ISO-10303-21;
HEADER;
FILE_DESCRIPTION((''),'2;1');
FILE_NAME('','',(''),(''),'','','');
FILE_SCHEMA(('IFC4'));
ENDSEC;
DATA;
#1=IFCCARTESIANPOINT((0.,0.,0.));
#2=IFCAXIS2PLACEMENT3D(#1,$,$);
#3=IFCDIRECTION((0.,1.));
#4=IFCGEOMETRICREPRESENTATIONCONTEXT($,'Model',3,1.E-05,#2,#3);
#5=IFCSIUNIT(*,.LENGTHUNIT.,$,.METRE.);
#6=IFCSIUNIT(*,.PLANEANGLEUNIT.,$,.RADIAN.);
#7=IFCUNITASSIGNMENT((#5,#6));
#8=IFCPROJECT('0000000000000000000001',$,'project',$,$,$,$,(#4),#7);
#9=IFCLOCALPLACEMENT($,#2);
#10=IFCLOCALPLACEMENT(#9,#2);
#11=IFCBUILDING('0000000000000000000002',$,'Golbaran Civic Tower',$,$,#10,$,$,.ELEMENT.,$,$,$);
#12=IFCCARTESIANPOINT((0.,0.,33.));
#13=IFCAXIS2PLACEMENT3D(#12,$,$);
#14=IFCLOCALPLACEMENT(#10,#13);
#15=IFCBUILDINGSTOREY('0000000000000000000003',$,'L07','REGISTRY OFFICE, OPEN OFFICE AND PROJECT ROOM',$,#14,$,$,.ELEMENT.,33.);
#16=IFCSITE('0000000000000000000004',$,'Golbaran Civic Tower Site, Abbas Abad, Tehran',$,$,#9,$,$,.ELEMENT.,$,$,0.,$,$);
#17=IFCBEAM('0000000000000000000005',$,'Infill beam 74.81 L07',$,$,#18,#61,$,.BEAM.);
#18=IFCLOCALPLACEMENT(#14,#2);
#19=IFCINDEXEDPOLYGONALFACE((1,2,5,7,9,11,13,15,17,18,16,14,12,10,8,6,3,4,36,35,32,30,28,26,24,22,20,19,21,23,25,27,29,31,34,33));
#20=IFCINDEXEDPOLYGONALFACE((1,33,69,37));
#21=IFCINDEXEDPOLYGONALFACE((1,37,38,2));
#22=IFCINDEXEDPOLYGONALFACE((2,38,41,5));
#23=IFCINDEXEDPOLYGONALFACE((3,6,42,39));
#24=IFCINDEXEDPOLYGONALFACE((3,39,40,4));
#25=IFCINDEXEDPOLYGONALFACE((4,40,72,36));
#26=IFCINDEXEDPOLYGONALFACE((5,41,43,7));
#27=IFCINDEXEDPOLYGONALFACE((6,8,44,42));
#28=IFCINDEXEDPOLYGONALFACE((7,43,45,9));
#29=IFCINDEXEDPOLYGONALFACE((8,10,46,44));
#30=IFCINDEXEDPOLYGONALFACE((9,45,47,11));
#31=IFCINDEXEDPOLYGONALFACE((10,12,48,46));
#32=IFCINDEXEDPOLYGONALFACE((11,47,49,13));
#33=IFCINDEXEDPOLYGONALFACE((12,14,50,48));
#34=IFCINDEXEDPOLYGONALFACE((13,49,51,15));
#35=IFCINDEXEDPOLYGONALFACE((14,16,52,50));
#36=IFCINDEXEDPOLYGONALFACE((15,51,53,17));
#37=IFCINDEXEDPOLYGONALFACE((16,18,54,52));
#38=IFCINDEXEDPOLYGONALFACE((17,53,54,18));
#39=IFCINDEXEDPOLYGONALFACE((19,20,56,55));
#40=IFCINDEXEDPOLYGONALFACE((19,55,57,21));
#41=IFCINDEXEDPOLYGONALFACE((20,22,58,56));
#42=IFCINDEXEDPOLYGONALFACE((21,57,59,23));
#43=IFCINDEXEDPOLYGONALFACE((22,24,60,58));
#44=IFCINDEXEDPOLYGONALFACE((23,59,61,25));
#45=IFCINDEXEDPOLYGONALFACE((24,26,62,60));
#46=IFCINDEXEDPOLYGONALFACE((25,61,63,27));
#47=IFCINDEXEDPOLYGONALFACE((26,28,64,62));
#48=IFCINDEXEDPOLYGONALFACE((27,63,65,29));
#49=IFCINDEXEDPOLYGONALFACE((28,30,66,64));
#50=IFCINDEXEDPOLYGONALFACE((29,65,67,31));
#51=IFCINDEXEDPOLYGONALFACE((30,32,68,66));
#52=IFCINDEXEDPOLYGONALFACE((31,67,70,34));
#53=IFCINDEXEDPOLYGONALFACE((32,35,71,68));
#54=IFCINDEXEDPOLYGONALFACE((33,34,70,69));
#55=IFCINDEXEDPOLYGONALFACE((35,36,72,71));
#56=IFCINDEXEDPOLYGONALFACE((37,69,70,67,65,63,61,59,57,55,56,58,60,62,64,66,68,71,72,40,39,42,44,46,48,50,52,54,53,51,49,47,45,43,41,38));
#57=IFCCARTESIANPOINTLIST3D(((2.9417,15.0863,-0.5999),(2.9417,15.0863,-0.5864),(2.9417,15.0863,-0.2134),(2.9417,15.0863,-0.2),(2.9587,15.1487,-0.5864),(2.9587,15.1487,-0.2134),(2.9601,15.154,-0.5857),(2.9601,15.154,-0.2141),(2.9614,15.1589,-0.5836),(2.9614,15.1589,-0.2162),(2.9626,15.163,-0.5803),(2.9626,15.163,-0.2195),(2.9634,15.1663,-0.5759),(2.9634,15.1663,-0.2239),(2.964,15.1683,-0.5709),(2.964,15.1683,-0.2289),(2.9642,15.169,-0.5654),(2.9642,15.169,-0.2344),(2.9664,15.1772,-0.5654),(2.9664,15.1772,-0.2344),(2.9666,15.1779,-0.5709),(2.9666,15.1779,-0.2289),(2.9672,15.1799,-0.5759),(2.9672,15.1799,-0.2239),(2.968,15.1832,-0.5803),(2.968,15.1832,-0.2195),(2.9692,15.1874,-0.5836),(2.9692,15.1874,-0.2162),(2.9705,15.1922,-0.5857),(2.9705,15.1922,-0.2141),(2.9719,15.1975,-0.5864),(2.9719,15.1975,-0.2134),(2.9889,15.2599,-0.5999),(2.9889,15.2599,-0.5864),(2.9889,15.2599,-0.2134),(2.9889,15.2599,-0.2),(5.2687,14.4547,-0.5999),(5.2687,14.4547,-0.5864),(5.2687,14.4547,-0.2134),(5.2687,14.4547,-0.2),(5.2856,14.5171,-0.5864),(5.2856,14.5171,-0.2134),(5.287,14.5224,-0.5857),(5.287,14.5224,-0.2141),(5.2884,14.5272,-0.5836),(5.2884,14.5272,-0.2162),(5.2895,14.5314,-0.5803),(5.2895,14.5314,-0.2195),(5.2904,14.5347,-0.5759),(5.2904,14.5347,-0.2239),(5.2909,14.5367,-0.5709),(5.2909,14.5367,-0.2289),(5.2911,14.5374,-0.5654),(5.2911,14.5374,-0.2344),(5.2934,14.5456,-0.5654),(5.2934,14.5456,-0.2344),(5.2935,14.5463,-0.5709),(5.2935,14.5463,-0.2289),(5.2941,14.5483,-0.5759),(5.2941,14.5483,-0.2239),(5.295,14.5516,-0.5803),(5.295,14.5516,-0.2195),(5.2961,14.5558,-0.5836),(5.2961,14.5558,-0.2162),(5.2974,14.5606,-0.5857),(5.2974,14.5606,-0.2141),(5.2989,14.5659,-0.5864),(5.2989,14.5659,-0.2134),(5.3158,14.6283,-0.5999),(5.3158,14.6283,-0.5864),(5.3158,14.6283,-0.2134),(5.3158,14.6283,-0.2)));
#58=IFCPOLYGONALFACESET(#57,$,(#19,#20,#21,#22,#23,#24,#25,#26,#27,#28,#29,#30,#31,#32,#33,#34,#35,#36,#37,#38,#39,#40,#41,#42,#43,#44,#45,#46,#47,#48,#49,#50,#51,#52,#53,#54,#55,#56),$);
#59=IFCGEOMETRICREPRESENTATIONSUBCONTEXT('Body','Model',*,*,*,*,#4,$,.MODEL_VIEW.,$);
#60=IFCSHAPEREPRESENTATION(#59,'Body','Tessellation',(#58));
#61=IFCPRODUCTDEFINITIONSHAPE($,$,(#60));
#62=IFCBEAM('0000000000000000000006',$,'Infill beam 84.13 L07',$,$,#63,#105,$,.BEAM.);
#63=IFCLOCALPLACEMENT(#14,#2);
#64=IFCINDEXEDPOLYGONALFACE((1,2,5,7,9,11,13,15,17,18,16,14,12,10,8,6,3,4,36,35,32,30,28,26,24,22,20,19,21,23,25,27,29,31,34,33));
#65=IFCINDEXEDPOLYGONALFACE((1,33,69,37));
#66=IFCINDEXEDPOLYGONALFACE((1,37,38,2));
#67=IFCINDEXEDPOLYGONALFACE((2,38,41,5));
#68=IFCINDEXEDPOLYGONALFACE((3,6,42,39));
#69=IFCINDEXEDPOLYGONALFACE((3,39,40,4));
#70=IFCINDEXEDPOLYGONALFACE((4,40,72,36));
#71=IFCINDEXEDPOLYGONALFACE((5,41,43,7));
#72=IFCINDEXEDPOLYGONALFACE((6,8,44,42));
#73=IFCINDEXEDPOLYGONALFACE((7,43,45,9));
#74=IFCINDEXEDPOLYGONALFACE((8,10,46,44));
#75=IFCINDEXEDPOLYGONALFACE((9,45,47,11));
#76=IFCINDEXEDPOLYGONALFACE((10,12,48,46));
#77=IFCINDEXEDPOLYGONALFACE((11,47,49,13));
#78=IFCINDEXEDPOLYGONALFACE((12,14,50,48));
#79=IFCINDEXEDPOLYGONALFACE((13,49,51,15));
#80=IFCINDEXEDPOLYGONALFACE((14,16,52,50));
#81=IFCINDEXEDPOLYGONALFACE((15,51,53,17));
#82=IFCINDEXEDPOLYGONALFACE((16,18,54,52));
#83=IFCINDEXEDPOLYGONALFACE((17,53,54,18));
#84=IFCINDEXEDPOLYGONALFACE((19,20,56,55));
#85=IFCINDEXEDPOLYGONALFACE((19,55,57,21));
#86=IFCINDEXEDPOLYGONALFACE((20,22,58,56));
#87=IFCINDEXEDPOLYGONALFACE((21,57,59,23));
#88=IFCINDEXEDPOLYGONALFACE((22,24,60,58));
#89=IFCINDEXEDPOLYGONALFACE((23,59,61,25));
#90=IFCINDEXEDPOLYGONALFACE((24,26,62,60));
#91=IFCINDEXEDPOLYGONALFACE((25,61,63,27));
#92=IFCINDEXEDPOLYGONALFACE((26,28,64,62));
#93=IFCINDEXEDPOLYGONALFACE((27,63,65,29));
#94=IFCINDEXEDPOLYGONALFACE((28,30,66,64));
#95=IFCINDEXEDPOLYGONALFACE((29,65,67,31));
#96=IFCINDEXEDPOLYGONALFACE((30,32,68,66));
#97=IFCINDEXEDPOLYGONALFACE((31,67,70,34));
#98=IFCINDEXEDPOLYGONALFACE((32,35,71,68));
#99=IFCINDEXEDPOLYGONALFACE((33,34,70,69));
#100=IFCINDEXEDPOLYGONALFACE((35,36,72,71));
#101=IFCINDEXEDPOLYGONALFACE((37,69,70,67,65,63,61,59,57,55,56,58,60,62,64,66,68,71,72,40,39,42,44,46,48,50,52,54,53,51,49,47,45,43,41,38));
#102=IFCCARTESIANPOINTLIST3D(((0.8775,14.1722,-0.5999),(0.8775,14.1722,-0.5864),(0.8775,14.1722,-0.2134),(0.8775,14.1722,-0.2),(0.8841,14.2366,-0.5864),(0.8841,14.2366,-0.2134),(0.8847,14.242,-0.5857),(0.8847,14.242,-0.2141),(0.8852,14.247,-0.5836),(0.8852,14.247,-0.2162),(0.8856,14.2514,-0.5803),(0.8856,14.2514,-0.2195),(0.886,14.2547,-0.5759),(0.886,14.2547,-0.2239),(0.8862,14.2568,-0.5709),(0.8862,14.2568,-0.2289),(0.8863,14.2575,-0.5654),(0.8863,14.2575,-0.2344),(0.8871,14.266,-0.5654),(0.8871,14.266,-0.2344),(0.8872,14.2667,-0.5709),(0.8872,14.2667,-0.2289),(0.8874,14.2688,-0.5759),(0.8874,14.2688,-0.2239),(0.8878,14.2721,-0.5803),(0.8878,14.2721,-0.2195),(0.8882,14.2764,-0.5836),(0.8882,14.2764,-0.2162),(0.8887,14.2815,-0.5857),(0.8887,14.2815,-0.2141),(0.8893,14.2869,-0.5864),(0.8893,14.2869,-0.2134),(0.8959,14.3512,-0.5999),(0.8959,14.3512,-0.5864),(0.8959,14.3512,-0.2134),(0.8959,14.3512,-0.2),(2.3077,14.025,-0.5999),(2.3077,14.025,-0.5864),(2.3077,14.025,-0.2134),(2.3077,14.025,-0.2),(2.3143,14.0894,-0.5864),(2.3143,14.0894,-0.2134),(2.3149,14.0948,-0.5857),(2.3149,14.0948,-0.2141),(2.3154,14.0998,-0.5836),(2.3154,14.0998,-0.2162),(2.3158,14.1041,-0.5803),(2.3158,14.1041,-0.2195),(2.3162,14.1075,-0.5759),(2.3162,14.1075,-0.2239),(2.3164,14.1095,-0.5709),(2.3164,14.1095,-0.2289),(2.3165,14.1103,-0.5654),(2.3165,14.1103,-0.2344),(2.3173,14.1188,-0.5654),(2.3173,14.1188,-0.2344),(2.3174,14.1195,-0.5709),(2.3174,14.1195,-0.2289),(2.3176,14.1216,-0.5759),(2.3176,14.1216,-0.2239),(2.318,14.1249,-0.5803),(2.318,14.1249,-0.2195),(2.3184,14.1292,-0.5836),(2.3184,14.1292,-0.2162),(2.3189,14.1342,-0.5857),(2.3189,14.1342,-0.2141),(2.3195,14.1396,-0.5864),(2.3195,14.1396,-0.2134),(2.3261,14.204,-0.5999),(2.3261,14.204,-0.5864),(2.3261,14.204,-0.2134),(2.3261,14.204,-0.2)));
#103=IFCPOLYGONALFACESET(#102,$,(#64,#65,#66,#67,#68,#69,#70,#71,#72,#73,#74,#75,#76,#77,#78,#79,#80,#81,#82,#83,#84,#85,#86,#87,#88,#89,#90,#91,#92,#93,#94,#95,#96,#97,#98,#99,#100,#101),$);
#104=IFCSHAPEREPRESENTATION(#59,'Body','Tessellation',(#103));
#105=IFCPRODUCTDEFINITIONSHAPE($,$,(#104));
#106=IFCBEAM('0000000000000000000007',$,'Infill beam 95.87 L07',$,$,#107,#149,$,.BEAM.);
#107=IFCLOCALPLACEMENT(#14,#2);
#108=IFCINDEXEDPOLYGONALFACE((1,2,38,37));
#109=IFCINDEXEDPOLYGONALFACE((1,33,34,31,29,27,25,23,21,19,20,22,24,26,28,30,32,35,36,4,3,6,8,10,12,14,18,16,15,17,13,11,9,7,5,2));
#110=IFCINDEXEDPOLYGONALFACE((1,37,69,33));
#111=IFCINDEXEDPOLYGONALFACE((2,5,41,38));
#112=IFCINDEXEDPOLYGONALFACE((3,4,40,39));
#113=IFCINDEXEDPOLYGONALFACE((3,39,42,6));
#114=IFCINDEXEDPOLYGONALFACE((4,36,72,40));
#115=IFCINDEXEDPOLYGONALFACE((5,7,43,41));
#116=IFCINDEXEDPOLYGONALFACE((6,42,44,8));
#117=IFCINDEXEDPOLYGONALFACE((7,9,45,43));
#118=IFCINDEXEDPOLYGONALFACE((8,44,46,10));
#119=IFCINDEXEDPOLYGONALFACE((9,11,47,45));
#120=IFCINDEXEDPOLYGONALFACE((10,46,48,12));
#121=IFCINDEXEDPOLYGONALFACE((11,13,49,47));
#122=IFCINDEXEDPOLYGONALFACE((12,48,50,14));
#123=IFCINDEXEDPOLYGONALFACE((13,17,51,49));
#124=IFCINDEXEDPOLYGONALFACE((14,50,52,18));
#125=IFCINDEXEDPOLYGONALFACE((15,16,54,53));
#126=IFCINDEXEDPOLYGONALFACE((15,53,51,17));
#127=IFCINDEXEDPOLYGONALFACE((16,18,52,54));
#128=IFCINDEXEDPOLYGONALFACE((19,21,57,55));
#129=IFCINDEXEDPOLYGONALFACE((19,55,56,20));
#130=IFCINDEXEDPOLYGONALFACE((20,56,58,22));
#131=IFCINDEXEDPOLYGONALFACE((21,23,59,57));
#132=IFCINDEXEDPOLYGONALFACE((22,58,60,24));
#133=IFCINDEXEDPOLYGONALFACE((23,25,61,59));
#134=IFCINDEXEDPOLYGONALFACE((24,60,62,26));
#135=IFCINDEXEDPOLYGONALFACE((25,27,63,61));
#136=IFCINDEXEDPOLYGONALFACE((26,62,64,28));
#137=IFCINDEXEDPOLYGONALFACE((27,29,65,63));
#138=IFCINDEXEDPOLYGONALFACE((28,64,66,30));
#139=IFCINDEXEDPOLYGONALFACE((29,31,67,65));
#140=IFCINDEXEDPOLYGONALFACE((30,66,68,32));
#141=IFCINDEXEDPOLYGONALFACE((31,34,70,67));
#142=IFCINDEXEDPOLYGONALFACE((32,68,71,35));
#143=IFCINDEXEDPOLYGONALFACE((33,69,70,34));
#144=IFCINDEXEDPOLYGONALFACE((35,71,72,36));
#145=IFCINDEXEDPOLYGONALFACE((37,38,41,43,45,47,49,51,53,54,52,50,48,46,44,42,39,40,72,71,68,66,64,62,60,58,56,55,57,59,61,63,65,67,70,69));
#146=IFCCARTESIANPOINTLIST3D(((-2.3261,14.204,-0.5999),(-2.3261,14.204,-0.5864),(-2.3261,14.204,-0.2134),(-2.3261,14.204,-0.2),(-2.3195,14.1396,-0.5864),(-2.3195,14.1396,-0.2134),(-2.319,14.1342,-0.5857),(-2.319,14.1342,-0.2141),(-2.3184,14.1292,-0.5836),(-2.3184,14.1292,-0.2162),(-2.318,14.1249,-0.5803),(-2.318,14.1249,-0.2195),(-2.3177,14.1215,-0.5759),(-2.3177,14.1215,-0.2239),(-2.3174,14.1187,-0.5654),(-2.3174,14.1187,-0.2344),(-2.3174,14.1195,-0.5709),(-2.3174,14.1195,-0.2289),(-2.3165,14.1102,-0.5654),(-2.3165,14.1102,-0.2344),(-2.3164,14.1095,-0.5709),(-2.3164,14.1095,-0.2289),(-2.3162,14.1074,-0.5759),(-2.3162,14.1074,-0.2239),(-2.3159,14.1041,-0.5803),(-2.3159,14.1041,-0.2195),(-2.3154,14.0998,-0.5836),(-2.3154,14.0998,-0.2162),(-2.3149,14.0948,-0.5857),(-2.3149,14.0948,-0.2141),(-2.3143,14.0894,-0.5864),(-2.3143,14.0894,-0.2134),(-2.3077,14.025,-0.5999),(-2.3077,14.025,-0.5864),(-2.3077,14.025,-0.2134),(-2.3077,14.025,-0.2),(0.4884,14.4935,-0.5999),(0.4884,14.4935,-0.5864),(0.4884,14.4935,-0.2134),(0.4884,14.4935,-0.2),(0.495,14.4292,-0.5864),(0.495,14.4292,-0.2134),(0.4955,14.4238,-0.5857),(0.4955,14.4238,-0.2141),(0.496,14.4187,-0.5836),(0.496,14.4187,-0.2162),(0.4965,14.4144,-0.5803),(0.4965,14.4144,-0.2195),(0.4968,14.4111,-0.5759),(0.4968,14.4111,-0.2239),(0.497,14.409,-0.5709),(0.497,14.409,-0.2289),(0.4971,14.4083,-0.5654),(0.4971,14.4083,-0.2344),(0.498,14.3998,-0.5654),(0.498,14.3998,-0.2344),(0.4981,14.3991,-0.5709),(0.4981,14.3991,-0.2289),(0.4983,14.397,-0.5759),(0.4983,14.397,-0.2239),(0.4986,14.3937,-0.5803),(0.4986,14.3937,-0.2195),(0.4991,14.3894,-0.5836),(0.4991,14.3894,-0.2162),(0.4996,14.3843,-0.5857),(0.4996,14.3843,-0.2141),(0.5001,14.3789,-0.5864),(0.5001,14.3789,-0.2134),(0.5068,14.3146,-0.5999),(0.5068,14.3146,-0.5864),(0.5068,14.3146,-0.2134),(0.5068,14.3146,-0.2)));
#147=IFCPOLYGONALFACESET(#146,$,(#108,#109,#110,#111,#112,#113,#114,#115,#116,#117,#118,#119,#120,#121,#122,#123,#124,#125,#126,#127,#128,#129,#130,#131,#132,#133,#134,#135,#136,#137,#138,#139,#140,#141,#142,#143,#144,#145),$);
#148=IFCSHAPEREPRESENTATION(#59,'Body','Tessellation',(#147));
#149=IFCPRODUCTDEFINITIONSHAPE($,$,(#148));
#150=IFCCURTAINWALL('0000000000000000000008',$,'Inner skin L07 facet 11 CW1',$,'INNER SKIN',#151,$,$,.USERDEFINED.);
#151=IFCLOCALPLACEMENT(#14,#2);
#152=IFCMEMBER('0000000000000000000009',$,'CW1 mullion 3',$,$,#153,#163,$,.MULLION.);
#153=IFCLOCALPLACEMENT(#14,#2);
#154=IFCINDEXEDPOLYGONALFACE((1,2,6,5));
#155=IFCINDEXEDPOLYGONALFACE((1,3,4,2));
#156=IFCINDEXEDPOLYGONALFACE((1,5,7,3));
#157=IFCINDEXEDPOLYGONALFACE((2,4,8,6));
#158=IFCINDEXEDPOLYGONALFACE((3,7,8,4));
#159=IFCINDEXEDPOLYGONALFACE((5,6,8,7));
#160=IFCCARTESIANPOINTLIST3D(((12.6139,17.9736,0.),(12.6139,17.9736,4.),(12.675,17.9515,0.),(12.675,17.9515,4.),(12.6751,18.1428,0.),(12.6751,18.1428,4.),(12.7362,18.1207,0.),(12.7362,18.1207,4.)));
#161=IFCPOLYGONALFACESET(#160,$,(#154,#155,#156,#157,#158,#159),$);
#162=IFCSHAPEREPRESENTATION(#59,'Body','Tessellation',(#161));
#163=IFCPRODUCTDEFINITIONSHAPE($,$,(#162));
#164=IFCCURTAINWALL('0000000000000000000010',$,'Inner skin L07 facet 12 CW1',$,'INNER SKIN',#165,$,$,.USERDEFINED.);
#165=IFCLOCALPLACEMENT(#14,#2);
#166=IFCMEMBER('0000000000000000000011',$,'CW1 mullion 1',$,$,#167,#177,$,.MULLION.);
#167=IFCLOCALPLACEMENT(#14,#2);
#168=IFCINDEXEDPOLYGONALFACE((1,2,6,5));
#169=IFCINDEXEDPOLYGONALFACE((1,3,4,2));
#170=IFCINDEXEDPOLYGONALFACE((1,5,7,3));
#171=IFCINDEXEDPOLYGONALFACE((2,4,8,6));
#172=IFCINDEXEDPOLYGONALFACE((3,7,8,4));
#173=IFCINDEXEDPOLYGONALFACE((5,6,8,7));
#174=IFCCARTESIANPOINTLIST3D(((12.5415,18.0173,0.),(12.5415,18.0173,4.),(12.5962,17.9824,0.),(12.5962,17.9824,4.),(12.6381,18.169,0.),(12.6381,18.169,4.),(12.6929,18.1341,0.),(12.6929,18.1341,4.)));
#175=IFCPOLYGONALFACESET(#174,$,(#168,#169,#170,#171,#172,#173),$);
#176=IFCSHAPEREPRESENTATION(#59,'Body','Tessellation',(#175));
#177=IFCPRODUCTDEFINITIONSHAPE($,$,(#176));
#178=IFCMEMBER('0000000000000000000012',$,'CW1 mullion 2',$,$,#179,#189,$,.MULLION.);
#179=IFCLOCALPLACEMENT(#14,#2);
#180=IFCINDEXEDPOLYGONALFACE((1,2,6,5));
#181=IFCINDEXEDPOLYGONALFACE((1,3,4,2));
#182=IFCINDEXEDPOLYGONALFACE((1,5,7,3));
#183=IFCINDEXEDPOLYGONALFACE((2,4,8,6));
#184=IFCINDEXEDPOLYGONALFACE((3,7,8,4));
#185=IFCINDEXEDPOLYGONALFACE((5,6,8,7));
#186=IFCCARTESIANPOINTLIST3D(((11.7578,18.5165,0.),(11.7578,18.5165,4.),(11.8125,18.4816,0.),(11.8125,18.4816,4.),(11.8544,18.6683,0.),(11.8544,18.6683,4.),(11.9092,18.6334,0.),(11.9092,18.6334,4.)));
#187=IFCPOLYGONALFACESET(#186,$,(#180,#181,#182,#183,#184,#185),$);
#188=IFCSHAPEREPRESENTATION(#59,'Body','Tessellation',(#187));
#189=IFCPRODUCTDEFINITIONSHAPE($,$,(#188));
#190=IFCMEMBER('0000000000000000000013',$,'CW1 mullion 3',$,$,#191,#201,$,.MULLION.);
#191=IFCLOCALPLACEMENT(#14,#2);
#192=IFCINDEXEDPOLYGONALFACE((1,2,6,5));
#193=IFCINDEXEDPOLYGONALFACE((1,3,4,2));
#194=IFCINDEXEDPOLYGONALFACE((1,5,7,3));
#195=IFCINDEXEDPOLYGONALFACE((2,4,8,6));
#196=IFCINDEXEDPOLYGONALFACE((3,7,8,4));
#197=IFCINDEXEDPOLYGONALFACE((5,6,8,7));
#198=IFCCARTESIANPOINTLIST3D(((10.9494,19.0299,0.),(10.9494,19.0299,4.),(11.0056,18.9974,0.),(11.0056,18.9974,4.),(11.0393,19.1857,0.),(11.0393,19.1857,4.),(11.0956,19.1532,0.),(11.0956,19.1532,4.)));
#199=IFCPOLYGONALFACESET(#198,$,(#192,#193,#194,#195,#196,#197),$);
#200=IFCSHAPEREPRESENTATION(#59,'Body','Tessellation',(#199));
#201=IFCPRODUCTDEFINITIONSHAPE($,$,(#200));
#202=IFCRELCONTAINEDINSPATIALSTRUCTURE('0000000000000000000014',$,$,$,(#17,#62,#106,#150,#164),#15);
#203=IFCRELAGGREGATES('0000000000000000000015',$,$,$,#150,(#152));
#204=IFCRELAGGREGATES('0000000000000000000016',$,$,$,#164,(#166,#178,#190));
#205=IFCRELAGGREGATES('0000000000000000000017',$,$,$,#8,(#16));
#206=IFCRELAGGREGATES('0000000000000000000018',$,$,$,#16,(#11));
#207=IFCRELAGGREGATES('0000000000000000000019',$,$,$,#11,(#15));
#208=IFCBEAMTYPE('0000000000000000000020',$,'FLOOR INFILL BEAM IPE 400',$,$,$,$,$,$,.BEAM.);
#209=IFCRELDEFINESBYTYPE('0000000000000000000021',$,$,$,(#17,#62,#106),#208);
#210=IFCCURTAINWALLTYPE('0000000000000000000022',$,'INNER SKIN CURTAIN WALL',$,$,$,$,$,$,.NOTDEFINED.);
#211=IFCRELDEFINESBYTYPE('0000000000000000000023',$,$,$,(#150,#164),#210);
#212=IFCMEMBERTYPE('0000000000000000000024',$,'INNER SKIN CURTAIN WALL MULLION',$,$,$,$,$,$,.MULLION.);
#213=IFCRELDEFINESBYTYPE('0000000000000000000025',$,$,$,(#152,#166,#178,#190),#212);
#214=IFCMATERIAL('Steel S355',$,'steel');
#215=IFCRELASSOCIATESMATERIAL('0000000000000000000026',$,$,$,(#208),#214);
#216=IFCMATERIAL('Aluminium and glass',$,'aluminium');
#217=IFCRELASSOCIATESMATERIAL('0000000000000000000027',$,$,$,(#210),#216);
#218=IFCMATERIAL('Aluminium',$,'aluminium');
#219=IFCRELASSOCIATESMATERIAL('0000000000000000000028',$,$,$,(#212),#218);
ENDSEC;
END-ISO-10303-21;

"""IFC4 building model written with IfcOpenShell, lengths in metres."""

from ifc_helpers import new_model, si_unit, direction, frame, origin, origin_2d, place, context, subcontext, project, spatial, rectangle, i_section, extrude, material, material_profile, profile_set, type_object, element, aggregate, save


model = new_model("IFC4")

# Units and contexts
model_context = context("Model", 3, precision=1e-05, world=origin(), true_north=direction((0.0, 1.0)))
body_context = subcontext(model_context, "Body", "Model", "MODEL_VIEW")
ifc_project = project(units=[si_unit("LENGTHUNIT", "METRE"), si_unit("PLANEANGLEUNIT", "RADIAN")], contexts=[model_context])

# Site, building, storey
site_placement = place(None, origin())
site = spatial("IfcSite", under=ifc_project, at=site_placement, Name="Golbaran Civic Tower Site, Abbas Abad, Tehran", CompositionType="ELEMENT", RefElevation=0.0)
building_placement = place(site_placement, origin())
building = spatial("IfcBuilding", under=site, at=building_placement, Name="Golbaran Civic Tower", CompositionType="ELEMENT")
storey_placement = place(building_placement, frame((0.0, 0.0, 33.0)))
storey = spatial("IfcBuildingStorey", under=building, at=storey_placement, Name="L07", Description="REGISTRY OFFICE, OPEN OFFICE AND PROJECT ROOM", CompositionType="ELEMENT", Elevation=33.0)

# Beams
ifc_material_1 = material(Name="Steel S355", Category="steel")
ifc_material_profile_1 = material_profile(ifc_material_1, i_section(OverallWidth=0.1799, OverallDepth=0.3999, WebThickness=0.0085, FlangeThickness=0.0134, FilletRadius=0.021, at=origin_2d()), Name="IPE 400")
ifc_profile_set_1 = profile_set([ifc_material_profile_1], Name="Steel S355")
beam_type_1 = type_object("IfcBeamType", Name="FLOOR INFILL BEAM IPE 400", PredefinedType="BEAM", material=ifc_profile_set_1)
beam_1_placement = place(storey_placement, frame((5.2922, 14.5415, -0.3999), z_axis=(-0.965081, 0.261952, 0.0), x_axis=(-0.261952, -0.965081, 0.0)))
element("IfcBeam", 1, at=beam_1_placement, inside=storey, type_object=beam_type_1, Name="Infill beam 74.81 L07", PredefinedType="BEAM", context=body_context, shape_type="SweptSolid", body=[
    extrude(i_section(OverallWidth=0.1799, OverallDepth=0.3999, WebThickness=0.0085, FlangeThickness=0.0134, FilletRadius=0.021, at=origin_2d()), origin(), (0.0, 0.0, 1.0), 2.4111),
])
beam_2_placement = place(storey_placement, frame((2.3169, 14.1145, -0.3999), z_axis=(-0.994744, 0.102395, 0.0), x_axis=(-0.102395, -0.994744, 0.0)))
element("IfcBeam", 2, at=beam_2_placement, inside=storey, type_object=beam_type_1, Name="Infill beam 84.13 L07", PredefinedType="BEAM", context=body_context, shape_type="SweptSolid", body=[
    extrude(i_section(OverallWidth=0.1799, OverallDepth=0.3999, WebThickness=0.0085, FlangeThickness=0.0134, FilletRadius=0.021, at=origin_2d()), origin(), (0.0, 0.0, 1.0), 1.4377),
])
beam_3_placement = place(storey_placement, frame((0.4976, 14.4041, -0.3999), z_axis=(-0.99475, -0.10234, 0.0), x_axis=(0.10234, -0.99475, 0.0)))
element("IfcBeam", 3, at=beam_3_placement, inside=storey, type_object=beam_type_1, Name="Infill beam 95.87 L07", PredefinedType="BEAM", context=body_context, shape_type="SweptSolid", body=[
    extrude(i_section(OverallWidth=0.1799, OverallDepth=0.3999, WebThickness=0.0085, FlangeThickness=0.0134, FilletRadius=0.021, at=origin_2d()), origin(), (0.0, 0.0, 1.0), 2.8293),
])

# Curtain wall, member
ifc_material_2 = material(Name="Aluminium and glass", Category="aluminium")
curtain_wall_type = type_object("IfcCurtainWallType", Name="INNER SKIN CURTAIN WALL", PredefinedType="NOTDEFINED", material=ifc_material_2)
curtain_wall_1_placement = place(storey_placement, origin())
curtain_wall_1 = element("IfcCurtainWall", 4, at=curtain_wall_1_placement, inside=storey, type_object=curtain_wall_type, Name="Inner skin L07 facet 11 CW1", ObjectType="INNER SKIN", PredefinedType="USERDEFINED")
ifc_material_3 = material(Name="Aluminium", Category="aluminium")
ifc_material_profile_2 = material_profile(ifc_material_3, rectangle(XDim=0.1799, YDim=0.0649, at=origin_2d()), Name="INNER SKIN CURTAIN WALL MULLION")
ifc_profile_set_2 = profile_set([ifc_material_profile_2], Name="Aluminium")
member_type_1 = type_object("IfcMemberType", Name="INNER SKIN CURTAIN WALL MULLION", PredefinedType="MULLION", material=ifc_profile_set_2)
member_1_placement = place(storey_placement, frame((12.675, 18.0471, 0.0), z_axis=(0.0, 0.0, 1.0), x_axis=(-0.340045, -0.940409, 0.0)))
member_1 = element("IfcMember", 5, at=member_1_placement, type_object=member_type_1, Name="CW1 mullion 3", PredefinedType="MULLION", context=body_context, shape_type="SweptSolid", body=[
    extrude(rectangle(XDim=0.1799, YDim=0.0649, at=origin_2d()), origin(), (0.0, 0.0, 1.0), 4.0),
])

# Curtain wall, members
curtain_wall_2_placement = place(storey_placement, origin())
curtain_wall_2 = element("IfcCurtainWall", 6, at=curtain_wall_2_placement, inside=storey, type_object=curtain_wall_type, Name="Inner skin L07 facet 12 CW1", ObjectType="INNER SKIN", PredefinedType="USERDEFINED")
member_2_placement = place(storey_placement, frame((12.6172, 18.0757, 0.0), z_axis=(0.0, 0.0, 1.0), x_axis=(-0.5373, -0.843391, 0.0)))
member_2 = element("IfcMember", 7, at=member_2_placement, type_object=member_type_1, Name="CW1 mullion 1", PredefinedType="MULLION", context=body_context, shape_type="SweptSolid", body=[
    extrude(rectangle(XDim=0.1799, YDim=0.0649, at=origin_2d()), origin(), (0.0, 0.0, 1.0), 4.0),
])
member_3_placement = place(storey_placement, frame((11.8335, 18.575, 0.0), z_axis=(0.0, 0.0, 1.0), x_axis=(-0.5373, -0.843391, 0.0)))
member_3 = element("IfcMember", 8, at=member_3_placement, type_object=member_type_1, Name="CW1 mullion 2", PredefinedType="MULLION", context=body_context, shape_type="SweptSolid", body=[
    extrude(rectangle(XDim=0.1799, YDim=0.0649, at=origin_2d()), origin(), (0.0, 0.0, 1.0), 4.0),
])
member_4_placement = place(storey_placement, frame((11.0225, 19.0916, 0.0), z_axis=(0.0, 0.0, 1.0), x_axis=(-0.5, -0.866025, 0.0)))
member_4 = element("IfcMember", 9, at=member_4_placement, type_object=member_type_1, Name="CW1 mullion 3", PredefinedType="MULLION", context=body_context, shape_type="SweptSolid", body=[
    extrude(rectangle(XDim=0.1799, YDim=0.0649, at=origin_2d()), origin(), (0.0, 0.0, 1.0), 4.0),
])

aggregate(curtain_wall_1, [member_1])
aggregate(curtain_wall_2, [member_2, member_3, member_4])

save(model, "model.ifc")
